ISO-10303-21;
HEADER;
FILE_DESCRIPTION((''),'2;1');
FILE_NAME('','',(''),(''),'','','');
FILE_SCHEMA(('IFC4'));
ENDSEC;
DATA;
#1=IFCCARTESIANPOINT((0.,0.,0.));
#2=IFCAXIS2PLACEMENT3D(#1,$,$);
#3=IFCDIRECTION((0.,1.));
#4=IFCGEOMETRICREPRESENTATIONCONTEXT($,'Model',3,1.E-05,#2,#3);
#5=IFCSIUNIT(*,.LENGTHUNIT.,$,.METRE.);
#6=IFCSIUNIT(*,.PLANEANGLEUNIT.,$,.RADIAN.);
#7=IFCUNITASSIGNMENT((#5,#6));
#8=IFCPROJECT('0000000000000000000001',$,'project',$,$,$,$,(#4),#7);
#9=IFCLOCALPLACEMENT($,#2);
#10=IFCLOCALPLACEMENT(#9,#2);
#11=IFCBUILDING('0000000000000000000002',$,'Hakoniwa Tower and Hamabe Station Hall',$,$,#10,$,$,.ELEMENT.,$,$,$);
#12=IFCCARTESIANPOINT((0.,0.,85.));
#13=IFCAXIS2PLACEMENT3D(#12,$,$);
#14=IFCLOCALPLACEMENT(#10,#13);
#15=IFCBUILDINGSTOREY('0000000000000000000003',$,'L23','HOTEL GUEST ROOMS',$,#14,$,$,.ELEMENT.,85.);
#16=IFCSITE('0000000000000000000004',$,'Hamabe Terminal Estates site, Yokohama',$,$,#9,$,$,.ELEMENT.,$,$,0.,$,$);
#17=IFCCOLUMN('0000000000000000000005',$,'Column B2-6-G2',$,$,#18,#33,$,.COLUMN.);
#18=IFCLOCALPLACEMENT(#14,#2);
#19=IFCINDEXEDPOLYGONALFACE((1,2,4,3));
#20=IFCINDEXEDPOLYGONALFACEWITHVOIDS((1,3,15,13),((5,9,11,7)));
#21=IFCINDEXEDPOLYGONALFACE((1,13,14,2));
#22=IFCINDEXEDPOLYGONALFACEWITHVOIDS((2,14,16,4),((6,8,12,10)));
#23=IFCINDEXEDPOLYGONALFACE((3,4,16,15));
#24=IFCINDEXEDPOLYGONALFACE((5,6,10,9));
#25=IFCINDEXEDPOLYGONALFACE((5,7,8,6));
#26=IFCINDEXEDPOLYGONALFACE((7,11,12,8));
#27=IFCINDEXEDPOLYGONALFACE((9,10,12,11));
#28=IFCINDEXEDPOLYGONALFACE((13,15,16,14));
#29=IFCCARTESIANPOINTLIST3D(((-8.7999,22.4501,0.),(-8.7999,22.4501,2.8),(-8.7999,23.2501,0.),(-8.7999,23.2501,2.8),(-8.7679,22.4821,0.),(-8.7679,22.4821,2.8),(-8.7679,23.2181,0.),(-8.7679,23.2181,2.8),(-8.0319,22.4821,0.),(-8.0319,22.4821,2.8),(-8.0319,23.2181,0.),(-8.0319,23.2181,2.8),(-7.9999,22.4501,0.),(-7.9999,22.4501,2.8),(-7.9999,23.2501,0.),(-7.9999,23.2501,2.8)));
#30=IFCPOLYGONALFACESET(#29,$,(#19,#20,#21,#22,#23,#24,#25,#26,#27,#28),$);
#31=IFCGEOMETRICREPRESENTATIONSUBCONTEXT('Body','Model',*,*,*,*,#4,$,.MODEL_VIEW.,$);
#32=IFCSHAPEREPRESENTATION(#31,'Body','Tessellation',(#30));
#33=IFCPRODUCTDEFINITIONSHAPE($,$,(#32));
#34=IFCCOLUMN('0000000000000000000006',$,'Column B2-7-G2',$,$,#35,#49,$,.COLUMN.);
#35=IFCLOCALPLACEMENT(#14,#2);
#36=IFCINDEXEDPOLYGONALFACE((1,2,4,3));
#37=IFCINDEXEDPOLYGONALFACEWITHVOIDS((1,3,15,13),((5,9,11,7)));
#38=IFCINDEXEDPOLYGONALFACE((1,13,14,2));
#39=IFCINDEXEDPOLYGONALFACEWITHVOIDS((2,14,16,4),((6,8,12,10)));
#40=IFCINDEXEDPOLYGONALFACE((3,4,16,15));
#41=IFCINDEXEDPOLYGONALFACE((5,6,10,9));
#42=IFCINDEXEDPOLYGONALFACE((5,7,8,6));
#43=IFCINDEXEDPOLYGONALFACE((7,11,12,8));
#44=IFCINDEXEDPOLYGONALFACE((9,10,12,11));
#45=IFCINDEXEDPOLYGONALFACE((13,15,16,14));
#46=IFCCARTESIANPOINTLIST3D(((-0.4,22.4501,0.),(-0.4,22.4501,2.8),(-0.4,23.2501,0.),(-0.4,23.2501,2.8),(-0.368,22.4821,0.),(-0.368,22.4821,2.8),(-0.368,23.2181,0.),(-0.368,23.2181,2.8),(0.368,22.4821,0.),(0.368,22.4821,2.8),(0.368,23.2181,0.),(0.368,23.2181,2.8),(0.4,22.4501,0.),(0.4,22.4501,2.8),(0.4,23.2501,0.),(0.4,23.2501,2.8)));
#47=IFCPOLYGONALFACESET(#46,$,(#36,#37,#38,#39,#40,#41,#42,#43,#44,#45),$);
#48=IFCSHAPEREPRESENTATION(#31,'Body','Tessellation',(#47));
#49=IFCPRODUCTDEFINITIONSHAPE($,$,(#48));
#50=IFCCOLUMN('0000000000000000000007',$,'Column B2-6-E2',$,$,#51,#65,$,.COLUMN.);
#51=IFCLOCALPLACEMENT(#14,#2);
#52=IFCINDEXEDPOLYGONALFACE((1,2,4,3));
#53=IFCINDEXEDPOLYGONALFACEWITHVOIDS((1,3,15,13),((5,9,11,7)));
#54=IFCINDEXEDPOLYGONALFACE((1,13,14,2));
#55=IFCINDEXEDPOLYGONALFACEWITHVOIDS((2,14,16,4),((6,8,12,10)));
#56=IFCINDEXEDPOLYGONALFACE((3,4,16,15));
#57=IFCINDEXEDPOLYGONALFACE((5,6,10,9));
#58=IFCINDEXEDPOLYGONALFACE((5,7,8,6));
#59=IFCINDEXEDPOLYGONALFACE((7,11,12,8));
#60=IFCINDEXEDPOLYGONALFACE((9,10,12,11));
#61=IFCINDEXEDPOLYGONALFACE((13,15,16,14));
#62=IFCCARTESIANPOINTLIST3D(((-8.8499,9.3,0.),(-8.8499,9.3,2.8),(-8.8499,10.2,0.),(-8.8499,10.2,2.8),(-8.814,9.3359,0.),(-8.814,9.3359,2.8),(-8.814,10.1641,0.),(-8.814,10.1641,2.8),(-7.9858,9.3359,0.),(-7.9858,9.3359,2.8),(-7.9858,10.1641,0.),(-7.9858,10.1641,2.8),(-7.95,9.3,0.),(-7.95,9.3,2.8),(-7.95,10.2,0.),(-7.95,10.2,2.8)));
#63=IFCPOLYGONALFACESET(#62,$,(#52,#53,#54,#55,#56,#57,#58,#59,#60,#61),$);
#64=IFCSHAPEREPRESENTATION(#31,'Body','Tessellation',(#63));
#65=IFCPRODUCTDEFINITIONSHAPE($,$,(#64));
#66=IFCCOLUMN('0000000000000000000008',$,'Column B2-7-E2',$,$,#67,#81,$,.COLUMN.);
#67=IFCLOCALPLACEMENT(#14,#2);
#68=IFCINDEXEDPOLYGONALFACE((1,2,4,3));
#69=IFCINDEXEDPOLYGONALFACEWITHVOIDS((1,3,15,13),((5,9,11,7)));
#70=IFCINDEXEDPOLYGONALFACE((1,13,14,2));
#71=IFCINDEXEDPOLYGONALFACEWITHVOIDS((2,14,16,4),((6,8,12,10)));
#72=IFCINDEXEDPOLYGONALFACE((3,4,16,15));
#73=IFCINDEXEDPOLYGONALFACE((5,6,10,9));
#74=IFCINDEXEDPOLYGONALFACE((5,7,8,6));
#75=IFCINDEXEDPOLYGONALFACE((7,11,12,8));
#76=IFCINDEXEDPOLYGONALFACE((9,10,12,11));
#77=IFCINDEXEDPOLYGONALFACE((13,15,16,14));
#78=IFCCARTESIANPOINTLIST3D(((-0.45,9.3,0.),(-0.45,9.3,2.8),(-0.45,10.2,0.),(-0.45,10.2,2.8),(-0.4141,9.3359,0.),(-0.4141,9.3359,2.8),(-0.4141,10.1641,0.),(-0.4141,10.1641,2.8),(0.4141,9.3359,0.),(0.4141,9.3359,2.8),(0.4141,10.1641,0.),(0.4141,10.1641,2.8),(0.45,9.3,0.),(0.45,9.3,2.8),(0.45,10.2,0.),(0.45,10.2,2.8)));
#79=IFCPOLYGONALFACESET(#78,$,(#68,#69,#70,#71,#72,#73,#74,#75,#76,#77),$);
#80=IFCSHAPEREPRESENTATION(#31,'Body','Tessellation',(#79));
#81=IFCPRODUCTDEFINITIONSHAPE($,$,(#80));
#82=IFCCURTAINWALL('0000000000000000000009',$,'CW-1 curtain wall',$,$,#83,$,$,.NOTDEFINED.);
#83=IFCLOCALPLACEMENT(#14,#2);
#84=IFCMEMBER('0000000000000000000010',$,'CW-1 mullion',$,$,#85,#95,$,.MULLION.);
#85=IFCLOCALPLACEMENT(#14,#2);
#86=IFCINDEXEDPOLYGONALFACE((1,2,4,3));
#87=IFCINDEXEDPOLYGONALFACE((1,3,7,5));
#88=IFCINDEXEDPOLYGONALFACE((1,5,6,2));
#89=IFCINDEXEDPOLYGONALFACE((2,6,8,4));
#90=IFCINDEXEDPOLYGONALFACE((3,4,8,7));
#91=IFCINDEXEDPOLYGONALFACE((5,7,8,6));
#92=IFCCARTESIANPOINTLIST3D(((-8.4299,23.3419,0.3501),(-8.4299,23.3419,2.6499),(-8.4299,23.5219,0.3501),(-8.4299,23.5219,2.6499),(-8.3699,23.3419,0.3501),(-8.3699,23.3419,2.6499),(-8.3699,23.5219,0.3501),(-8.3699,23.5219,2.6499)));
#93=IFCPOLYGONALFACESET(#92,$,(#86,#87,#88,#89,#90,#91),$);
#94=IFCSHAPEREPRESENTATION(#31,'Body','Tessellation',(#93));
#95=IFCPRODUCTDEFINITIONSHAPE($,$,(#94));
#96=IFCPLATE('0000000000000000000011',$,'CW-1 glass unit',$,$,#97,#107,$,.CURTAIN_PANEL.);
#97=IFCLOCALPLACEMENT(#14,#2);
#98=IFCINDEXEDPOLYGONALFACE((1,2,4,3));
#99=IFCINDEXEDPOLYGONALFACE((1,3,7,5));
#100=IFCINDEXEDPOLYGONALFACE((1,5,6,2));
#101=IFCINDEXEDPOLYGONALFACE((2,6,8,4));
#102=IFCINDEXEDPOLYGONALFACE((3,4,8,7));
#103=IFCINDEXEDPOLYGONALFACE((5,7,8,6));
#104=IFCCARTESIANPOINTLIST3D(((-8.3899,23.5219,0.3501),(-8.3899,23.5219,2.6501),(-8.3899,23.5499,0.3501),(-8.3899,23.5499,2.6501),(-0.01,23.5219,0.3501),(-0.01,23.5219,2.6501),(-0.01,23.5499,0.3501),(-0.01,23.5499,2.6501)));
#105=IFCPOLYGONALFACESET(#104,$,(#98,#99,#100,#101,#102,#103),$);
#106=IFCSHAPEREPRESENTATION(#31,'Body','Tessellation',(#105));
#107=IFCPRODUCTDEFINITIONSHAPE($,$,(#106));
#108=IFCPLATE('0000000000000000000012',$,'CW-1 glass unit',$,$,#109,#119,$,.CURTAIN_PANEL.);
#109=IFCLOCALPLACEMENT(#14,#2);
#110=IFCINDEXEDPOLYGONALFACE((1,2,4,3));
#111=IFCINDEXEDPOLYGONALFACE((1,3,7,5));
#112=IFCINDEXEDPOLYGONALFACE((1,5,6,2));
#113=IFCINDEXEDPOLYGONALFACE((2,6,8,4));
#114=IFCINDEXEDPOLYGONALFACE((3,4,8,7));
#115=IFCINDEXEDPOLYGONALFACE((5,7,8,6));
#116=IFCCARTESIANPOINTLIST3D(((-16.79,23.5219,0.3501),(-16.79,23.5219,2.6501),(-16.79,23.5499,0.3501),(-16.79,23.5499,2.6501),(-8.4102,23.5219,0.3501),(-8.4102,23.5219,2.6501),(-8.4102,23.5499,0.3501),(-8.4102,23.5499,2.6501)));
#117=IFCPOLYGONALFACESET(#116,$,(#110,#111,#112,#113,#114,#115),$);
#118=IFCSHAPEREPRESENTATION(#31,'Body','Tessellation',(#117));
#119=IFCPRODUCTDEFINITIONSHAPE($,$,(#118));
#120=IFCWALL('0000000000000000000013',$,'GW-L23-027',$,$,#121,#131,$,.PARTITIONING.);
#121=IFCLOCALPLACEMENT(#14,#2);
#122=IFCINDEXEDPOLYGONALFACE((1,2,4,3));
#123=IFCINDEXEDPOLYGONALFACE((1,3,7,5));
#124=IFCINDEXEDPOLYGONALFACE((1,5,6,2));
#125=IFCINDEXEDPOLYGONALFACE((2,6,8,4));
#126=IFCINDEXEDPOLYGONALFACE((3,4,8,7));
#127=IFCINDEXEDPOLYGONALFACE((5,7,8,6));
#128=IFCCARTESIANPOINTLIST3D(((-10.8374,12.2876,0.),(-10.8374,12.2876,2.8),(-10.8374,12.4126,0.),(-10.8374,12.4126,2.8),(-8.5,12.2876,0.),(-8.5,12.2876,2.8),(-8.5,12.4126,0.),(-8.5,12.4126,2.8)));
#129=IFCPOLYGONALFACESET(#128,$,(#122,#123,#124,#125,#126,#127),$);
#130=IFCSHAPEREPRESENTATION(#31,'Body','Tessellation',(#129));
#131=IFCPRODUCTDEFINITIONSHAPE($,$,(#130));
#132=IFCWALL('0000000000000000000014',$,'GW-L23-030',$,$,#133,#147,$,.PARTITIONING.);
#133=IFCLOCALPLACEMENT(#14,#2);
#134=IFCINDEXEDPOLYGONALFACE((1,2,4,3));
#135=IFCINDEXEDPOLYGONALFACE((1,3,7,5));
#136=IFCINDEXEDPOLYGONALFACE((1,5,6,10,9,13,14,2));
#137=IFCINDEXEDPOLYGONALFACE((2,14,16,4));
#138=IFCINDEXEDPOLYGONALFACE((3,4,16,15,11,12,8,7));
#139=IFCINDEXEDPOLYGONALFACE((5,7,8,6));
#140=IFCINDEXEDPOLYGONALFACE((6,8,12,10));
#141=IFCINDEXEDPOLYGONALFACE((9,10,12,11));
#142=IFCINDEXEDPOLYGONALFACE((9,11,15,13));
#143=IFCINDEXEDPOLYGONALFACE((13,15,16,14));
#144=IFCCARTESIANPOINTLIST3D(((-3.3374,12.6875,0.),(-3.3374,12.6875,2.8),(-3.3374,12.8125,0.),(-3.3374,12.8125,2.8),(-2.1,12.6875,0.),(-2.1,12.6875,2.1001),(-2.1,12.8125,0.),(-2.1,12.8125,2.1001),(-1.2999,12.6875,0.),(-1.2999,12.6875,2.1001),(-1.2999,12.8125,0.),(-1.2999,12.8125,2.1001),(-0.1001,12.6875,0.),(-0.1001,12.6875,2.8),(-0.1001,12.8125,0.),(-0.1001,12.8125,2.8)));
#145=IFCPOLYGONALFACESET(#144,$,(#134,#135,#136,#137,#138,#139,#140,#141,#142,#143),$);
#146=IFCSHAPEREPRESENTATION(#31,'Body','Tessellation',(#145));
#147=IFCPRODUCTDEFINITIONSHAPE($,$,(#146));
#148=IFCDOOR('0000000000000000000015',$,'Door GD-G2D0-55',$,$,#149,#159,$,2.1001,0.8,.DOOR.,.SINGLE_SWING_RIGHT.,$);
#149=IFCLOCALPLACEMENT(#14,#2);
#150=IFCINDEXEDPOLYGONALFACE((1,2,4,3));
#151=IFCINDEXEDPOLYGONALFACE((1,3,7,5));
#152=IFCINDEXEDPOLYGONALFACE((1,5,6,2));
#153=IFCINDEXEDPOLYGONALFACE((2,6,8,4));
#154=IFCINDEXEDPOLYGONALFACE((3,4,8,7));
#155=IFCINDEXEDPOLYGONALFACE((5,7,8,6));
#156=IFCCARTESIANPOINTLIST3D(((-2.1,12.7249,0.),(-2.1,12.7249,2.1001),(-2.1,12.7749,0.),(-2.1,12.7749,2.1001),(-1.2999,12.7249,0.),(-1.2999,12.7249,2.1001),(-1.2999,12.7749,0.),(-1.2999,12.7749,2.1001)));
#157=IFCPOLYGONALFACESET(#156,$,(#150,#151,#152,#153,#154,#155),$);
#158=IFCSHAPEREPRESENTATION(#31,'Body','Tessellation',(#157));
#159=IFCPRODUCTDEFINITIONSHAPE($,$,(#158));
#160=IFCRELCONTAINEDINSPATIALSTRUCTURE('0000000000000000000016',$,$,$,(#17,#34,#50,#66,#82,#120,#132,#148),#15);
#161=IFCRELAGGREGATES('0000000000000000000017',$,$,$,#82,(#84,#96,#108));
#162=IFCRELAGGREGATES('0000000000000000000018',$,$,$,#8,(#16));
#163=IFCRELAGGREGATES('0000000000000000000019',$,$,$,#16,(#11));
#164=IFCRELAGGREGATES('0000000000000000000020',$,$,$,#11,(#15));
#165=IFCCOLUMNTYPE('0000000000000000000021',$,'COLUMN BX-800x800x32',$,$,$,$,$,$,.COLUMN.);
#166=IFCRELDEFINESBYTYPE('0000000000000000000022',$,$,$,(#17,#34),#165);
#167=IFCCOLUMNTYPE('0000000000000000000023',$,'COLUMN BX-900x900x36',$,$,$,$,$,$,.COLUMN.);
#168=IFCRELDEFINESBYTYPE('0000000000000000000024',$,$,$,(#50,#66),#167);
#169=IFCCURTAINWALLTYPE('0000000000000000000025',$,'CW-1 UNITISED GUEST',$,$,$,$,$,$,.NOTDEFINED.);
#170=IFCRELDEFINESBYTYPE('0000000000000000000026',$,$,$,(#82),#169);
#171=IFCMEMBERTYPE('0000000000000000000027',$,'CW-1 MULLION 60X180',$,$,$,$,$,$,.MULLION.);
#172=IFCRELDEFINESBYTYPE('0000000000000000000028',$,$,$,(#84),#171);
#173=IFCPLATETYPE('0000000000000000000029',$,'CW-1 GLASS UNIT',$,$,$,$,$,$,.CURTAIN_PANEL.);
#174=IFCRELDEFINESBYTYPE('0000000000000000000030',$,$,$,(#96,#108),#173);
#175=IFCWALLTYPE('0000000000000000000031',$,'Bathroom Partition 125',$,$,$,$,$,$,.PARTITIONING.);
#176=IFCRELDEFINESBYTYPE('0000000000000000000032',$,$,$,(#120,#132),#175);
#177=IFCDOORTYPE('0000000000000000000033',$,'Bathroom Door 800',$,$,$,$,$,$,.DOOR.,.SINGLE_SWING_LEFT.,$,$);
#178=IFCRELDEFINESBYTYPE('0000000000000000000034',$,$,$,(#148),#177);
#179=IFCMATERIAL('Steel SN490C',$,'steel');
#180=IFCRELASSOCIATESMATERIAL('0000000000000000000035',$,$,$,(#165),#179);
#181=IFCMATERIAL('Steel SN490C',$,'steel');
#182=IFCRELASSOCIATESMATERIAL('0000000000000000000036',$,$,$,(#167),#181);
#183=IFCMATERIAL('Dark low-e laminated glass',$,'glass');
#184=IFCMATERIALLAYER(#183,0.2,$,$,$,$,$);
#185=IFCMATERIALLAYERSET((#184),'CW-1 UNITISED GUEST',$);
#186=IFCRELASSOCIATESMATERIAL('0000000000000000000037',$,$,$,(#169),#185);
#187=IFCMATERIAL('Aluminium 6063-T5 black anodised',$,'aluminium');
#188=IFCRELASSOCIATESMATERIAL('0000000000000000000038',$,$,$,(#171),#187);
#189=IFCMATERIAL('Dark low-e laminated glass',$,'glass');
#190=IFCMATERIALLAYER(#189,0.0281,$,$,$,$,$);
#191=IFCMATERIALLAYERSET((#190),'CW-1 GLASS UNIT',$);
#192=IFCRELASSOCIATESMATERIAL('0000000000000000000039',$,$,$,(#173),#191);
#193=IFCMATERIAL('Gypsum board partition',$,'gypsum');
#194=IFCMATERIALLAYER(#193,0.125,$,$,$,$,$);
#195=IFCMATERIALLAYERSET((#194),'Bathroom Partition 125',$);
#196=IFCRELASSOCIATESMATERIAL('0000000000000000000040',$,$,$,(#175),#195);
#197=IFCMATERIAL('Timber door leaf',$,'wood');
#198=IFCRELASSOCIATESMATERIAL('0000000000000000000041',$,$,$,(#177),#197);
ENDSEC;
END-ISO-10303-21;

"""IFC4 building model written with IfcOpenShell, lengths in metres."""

from ifc_helpers import new_model, si_unit, direction, frame, frame_2d, origin, origin_2d, place, context, subcontext, project, spatial, rectangle, hollow_rectangle, extrude, material, layer, layer_set, material_profile, profile_set, type_object, element, fill, aggregate, save


model = new_model("IFC4")

# Units and contexts
model_context = context("Model", 3, precision=1e-05, world=origin(), true_north=direction((0.0, 1.0)))
body_context = subcontext(model_context, "Body", "Model", "MODEL_VIEW")
ifc_project = project(units=[si_unit("LENGTHUNIT", "METRE"), si_unit("PLANEANGLEUNIT", "RADIAN")], contexts=[model_context])

# Site, building, storey
site_placement = place(None, origin())
site = spatial("IfcSite", under=ifc_project, at=site_placement, Name="Hamabe Terminal Estates site, Yokohama", CompositionType="ELEMENT", RefElevation=0.0)
building_placement = place(site_placement, origin())
building = spatial("IfcBuilding", under=site, at=building_placement, Name="Hakoniwa Tower and Hamabe Station Hall", CompositionType="ELEMENT")
storey_placement = place(building_placement, frame((0.0, 0.0, 85.0)))
storey = spatial("IfcBuildingStorey", under=building, at=storey_placement, Name="L23", Description="HOTEL GUEST ROOMS", CompositionType="ELEMENT", Elevation=85.0)

# Columns
ifc_material_1 = material(Name="Steel SN490C", Category="steel")
ifc_material_profile_1 = material_profile(ifc_material_1, hollow_rectangle(XDim=0.8, YDim=0.8, WallThickness=0.032, at=origin_2d()), Name="BX-800x800x32")
ifc_profile_set_1 = profile_set([ifc_material_profile_1], Name="Steel SN490C")
column_type_1 = type_object("IfcColumnType", Name="COLUMN BX-800x800x32", PredefinedType="COLUMN", material=ifc_profile_set_1)
for number, where, z_axis, x_axis, name in (
    (1, (-8.3999, 22.8501, 0.0), (0.0, 0.0, 1.0), (1.0, 0.0, 0.0), "Column B2-6-G2"),
    (2, (0.0, 22.8501, 0.0), (0.0, 0.0, 1.0), (1.0, 0.0, 0.0), "Column B2-7-G2"),
):
    element("IfcColumn", number, at=place(storey_placement, frame(where, z_axis=z_axis, x_axis=x_axis)), inside=storey, type_object=column_type_1, Name=name, PredefinedType="COLUMN", context=body_context, shape_type="SweptSolid", body=[
        extrude(hollow_rectangle(XDim=0.8, YDim=0.8, WallThickness=0.032, at=origin_2d()), origin(), (0.0, 0.0, 1.0), 2.8),
    ])
ifc_material_2 = material(Name="Steel SN490C", Category="steel")
ifc_material_profile_2 = material_profile(ifc_material_2, hollow_rectangle(XDim=0.8999, YDim=0.8999, WallThickness=0.0359, at=origin_2d()), Name="BX-900x900x36")
ifc_profile_set_2 = profile_set([ifc_material_profile_2], Name="Steel SN490C")
column_type_2 = type_object("IfcColumnType", Name="COLUMN BX-900x900x36", PredefinedType="COLUMN", material=ifc_profile_set_2)
for number, where, z_axis, x_axis, name in (
    (3, (-8.3999, 9.75, 0.0), (0.0, 0.0, 1.0), (1.0, 0.0, 0.0), "Column B2-6-E2"),
    (4, (0.0, 9.75, 0.0), (0.0, 0.0, 1.0), (1.0, 0.0, 0.0), "Column B2-7-E2"),
):
    element("IfcColumn", number, at=place(storey_placement, frame(where, z_axis=z_axis, x_axis=x_axis)), inside=storey, type_object=column_type_2, Name=name, PredefinedType="COLUMN", context=body_context, shape_type="SweptSolid", body=[
        extrude(hollow_rectangle(XDim=0.8999, YDim=0.8999, WallThickness=0.0359, at=origin_2d()), origin(), (0.0, 0.0, 1.0), 2.8),
    ])

# Curtain wall, member, plates
ifc_material_3 = material(Name="Dark low-e laminated glass", Category="glass")
ifc_layer_1 = layer(ifc_material_3, 0.2)
ifc_layer_set_1 = layer_set([ifc_layer_1], Name="CW-1 UNITISED GUEST")
curtain_wall_type = type_object("IfcCurtainWallType", Name="CW-1 UNITISED GUEST", PredefinedType="NOTDEFINED", material=ifc_layer_set_1)
curtain_wall_placement = place(storey_placement, origin())
curtain_wall = element("IfcCurtainWall", 5, at=curtain_wall_placement, inside=storey, type_object=curtain_wall_type, Name="CW-1 curtain wall", PredefinedType="NOTDEFINED")
ifc_material_4 = material(Name="Aluminium 6063-T5 black anodised", Category="aluminium")
ifc_material_profile_3 = material_profile(ifc_material_4, rectangle(XDim=0.0601, YDim=0.1799, at=origin_2d()), Name="CW-1 MULLION 60X180")
ifc_profile_set_3 = profile_set([ifc_material_profile_3], Name="Aluminium 6063-T5 black anodised")
member_type = type_object("IfcMemberType", Name="CW-1 MULLION 60X180", PredefinedType="MULLION", material=ifc_profile_set_3)
member_placement = place(storey_placement, frame((-8.3999, 23.4319, 0.3501), z_axis=(0.0, 0.0, 1.0), x_axis=(-1.0, 0.0, 0.0)))
member = element("IfcMember", 6, at=member_placement, type_object=member_type, Name="CW-1 mullion", PredefinedType="MULLION", context=body_context, shape_type="SweptSolid", body=[
    extrude(rectangle(XDim=0.0601, YDim=0.1799, at=origin_2d()), origin(), (0.0, 0.0, 1.0), 2.2998),
])
ifc_material_5 = material(Name="Dark low-e laminated glass", Category="glass")
ifc_layer_2 = layer(ifc_material_5, 0.0281)
ifc_layer_set_2 = layer_set([ifc_layer_2], Name="CW-1 GLASS UNIT")
plate_type = type_object("IfcPlateType", Name="CW-1 GLASS UNIT", PredefinedType="CURTAIN_PANEL", material=ifc_layer_set_2)
plate_1_placement = place(storey_placement, frame((-4.2, 23.5359, 0.3501), z_axis=(0.0, 0.0, 1.0), x_axis=(-1.0, 0.0, 0.0)))
plate_1 = element("IfcPlate", 7, at=plate_1_placement, type_object=plate_type, Name="CW-1 glass unit", PredefinedType="CURTAIN_PANEL", context=body_context, shape_type="SweptSolid", body=[
    extrude(rectangle(XDim=8.3799, YDim=0.0281, at=origin_2d()), origin(), (0.0, 0.0, 1.0), 2.3),
])
plate_2_placement = place(storey_placement, frame((-12.6001, 23.5359, 0.3501), z_axis=(0.0, 0.0, 1.0), x_axis=(-1.0, 0.0, 0.0)))
plate_2 = element("IfcPlate", 8, at=plate_2_placement, type_object=plate_type, Name="CW-1 glass unit", PredefinedType="CURTAIN_PANEL", context=body_context, shape_type="SweptSolid", body=[
    extrude(rectangle(XDim=8.3799, YDim=0.0281, at=origin_2d()), origin(), (0.0, 0.0, 1.0), 2.3),
])
aggregate(curtain_wall, [member, plate_1, plate_2])

# Wall
ifc_material_6 = material(Name="Gypsum board partition", Category="gypsum")
ifc_layer_3 = layer(ifc_material_6, 0.125)
ifc_layer_set_3 = layer_set([ifc_layer_3], Name="Bathroom Partition 125")
wall_type_1 = type_object("IfcWallType", Name="Bathroom Partition 125", PredefinedType="PARTITIONING", material=ifc_layer_set_3)
wall_1_placement = place(storey_placement, frame((-10.8374, 12.3501, 0.0), z_axis=(0.0, 0.0, 1.0), x_axis=(1.0, 0.0, 0.0)))
element("IfcWall", 9, at=wall_1_placement, inside=storey, type_object=wall_type_1, Name="GW-L23-027", PredefinedType="PARTITIONING", context=body_context, shape_type="SweptSolid", body=[
    extrude(rectangle(XDim=2.3374, YDim=0.125, at=frame_2d((1.1687, 0.0))), origin(), (0.0, 0.0, 1.0), 2.8),
])

# Wall, opening, door
wall_2_placement = place(storey_placement, frame((-3.3374, 12.75, 0.0), z_axis=(0.0, 0.0, 1.0), x_axis=(1.0, 0.0, 0.0)))
wall_2 = element("IfcWall", 10, at=wall_2_placement, inside=storey, type_object=wall_type_1, Name="GW-L23-030", PredefinedType="PARTITIONING", context=body_context, shape_type="SweptSolid", body=[
    extrude(rectangle(XDim=3.2373, YDim=0.125, at=frame_2d((1.6187, 0.0))), origin(), (0.0, 0.0, 1.0), 2.8),
])
opening_1_placement = place(wall_2_placement, frame((1.2375, 0.0, 0.0)))
opening_1 = element("IfcOpeningElement", 11, at=opening_1_placement, cuts=wall_2, PredefinedType="OPENING", context=body_context, shape_type="SweptSolid", body=[
    extrude(rectangle(XDim=0.8, YDim=2.1001, at=frame_2d((0.3999, 1.05))), frame((0.0, 0.0725, 0.0), z_axis=(0.0, -1.0, 0.0), x_axis=(1.0, 0.0, 0.0)), (0.0, 0.0, 1.0), 0.145),
])
ifc_material_7 = material(Name="Timber door leaf", Category="wood")
door_type = type_object("IfcDoorType", Name="Bathroom Door 800", OperationType="SINGLE_SWING_LEFT", PredefinedType="DOOR", material=ifc_material_7)
door_1_placement = place(opening_1_placement, origin())
door_1 = element("IfcDoor", 12, at=door_1_placement, inside=storey, type_object=door_type, Name="Door GD-G2D0-55", OperationType="SINGLE_SWING_RIGHT", OverallHeight=2.1001, OverallWidth=0.8, PredefinedType="DOOR", context=body_context, shape_type="SweptSolid", body=[
    extrude(rectangle(XDim=0.8, YDim=2.1001, at=frame_2d((0.3999, 1.05))), frame((0.0, 0.0249, 0.0), z_axis=(0.0, -1.0, 0.0), x_axis=(1.0, 0.0, 0.0)), (0.0, 0.0, 1.0), 0.05),
])
fill(opening_1, door_1)

save(model, "model.ifc")
